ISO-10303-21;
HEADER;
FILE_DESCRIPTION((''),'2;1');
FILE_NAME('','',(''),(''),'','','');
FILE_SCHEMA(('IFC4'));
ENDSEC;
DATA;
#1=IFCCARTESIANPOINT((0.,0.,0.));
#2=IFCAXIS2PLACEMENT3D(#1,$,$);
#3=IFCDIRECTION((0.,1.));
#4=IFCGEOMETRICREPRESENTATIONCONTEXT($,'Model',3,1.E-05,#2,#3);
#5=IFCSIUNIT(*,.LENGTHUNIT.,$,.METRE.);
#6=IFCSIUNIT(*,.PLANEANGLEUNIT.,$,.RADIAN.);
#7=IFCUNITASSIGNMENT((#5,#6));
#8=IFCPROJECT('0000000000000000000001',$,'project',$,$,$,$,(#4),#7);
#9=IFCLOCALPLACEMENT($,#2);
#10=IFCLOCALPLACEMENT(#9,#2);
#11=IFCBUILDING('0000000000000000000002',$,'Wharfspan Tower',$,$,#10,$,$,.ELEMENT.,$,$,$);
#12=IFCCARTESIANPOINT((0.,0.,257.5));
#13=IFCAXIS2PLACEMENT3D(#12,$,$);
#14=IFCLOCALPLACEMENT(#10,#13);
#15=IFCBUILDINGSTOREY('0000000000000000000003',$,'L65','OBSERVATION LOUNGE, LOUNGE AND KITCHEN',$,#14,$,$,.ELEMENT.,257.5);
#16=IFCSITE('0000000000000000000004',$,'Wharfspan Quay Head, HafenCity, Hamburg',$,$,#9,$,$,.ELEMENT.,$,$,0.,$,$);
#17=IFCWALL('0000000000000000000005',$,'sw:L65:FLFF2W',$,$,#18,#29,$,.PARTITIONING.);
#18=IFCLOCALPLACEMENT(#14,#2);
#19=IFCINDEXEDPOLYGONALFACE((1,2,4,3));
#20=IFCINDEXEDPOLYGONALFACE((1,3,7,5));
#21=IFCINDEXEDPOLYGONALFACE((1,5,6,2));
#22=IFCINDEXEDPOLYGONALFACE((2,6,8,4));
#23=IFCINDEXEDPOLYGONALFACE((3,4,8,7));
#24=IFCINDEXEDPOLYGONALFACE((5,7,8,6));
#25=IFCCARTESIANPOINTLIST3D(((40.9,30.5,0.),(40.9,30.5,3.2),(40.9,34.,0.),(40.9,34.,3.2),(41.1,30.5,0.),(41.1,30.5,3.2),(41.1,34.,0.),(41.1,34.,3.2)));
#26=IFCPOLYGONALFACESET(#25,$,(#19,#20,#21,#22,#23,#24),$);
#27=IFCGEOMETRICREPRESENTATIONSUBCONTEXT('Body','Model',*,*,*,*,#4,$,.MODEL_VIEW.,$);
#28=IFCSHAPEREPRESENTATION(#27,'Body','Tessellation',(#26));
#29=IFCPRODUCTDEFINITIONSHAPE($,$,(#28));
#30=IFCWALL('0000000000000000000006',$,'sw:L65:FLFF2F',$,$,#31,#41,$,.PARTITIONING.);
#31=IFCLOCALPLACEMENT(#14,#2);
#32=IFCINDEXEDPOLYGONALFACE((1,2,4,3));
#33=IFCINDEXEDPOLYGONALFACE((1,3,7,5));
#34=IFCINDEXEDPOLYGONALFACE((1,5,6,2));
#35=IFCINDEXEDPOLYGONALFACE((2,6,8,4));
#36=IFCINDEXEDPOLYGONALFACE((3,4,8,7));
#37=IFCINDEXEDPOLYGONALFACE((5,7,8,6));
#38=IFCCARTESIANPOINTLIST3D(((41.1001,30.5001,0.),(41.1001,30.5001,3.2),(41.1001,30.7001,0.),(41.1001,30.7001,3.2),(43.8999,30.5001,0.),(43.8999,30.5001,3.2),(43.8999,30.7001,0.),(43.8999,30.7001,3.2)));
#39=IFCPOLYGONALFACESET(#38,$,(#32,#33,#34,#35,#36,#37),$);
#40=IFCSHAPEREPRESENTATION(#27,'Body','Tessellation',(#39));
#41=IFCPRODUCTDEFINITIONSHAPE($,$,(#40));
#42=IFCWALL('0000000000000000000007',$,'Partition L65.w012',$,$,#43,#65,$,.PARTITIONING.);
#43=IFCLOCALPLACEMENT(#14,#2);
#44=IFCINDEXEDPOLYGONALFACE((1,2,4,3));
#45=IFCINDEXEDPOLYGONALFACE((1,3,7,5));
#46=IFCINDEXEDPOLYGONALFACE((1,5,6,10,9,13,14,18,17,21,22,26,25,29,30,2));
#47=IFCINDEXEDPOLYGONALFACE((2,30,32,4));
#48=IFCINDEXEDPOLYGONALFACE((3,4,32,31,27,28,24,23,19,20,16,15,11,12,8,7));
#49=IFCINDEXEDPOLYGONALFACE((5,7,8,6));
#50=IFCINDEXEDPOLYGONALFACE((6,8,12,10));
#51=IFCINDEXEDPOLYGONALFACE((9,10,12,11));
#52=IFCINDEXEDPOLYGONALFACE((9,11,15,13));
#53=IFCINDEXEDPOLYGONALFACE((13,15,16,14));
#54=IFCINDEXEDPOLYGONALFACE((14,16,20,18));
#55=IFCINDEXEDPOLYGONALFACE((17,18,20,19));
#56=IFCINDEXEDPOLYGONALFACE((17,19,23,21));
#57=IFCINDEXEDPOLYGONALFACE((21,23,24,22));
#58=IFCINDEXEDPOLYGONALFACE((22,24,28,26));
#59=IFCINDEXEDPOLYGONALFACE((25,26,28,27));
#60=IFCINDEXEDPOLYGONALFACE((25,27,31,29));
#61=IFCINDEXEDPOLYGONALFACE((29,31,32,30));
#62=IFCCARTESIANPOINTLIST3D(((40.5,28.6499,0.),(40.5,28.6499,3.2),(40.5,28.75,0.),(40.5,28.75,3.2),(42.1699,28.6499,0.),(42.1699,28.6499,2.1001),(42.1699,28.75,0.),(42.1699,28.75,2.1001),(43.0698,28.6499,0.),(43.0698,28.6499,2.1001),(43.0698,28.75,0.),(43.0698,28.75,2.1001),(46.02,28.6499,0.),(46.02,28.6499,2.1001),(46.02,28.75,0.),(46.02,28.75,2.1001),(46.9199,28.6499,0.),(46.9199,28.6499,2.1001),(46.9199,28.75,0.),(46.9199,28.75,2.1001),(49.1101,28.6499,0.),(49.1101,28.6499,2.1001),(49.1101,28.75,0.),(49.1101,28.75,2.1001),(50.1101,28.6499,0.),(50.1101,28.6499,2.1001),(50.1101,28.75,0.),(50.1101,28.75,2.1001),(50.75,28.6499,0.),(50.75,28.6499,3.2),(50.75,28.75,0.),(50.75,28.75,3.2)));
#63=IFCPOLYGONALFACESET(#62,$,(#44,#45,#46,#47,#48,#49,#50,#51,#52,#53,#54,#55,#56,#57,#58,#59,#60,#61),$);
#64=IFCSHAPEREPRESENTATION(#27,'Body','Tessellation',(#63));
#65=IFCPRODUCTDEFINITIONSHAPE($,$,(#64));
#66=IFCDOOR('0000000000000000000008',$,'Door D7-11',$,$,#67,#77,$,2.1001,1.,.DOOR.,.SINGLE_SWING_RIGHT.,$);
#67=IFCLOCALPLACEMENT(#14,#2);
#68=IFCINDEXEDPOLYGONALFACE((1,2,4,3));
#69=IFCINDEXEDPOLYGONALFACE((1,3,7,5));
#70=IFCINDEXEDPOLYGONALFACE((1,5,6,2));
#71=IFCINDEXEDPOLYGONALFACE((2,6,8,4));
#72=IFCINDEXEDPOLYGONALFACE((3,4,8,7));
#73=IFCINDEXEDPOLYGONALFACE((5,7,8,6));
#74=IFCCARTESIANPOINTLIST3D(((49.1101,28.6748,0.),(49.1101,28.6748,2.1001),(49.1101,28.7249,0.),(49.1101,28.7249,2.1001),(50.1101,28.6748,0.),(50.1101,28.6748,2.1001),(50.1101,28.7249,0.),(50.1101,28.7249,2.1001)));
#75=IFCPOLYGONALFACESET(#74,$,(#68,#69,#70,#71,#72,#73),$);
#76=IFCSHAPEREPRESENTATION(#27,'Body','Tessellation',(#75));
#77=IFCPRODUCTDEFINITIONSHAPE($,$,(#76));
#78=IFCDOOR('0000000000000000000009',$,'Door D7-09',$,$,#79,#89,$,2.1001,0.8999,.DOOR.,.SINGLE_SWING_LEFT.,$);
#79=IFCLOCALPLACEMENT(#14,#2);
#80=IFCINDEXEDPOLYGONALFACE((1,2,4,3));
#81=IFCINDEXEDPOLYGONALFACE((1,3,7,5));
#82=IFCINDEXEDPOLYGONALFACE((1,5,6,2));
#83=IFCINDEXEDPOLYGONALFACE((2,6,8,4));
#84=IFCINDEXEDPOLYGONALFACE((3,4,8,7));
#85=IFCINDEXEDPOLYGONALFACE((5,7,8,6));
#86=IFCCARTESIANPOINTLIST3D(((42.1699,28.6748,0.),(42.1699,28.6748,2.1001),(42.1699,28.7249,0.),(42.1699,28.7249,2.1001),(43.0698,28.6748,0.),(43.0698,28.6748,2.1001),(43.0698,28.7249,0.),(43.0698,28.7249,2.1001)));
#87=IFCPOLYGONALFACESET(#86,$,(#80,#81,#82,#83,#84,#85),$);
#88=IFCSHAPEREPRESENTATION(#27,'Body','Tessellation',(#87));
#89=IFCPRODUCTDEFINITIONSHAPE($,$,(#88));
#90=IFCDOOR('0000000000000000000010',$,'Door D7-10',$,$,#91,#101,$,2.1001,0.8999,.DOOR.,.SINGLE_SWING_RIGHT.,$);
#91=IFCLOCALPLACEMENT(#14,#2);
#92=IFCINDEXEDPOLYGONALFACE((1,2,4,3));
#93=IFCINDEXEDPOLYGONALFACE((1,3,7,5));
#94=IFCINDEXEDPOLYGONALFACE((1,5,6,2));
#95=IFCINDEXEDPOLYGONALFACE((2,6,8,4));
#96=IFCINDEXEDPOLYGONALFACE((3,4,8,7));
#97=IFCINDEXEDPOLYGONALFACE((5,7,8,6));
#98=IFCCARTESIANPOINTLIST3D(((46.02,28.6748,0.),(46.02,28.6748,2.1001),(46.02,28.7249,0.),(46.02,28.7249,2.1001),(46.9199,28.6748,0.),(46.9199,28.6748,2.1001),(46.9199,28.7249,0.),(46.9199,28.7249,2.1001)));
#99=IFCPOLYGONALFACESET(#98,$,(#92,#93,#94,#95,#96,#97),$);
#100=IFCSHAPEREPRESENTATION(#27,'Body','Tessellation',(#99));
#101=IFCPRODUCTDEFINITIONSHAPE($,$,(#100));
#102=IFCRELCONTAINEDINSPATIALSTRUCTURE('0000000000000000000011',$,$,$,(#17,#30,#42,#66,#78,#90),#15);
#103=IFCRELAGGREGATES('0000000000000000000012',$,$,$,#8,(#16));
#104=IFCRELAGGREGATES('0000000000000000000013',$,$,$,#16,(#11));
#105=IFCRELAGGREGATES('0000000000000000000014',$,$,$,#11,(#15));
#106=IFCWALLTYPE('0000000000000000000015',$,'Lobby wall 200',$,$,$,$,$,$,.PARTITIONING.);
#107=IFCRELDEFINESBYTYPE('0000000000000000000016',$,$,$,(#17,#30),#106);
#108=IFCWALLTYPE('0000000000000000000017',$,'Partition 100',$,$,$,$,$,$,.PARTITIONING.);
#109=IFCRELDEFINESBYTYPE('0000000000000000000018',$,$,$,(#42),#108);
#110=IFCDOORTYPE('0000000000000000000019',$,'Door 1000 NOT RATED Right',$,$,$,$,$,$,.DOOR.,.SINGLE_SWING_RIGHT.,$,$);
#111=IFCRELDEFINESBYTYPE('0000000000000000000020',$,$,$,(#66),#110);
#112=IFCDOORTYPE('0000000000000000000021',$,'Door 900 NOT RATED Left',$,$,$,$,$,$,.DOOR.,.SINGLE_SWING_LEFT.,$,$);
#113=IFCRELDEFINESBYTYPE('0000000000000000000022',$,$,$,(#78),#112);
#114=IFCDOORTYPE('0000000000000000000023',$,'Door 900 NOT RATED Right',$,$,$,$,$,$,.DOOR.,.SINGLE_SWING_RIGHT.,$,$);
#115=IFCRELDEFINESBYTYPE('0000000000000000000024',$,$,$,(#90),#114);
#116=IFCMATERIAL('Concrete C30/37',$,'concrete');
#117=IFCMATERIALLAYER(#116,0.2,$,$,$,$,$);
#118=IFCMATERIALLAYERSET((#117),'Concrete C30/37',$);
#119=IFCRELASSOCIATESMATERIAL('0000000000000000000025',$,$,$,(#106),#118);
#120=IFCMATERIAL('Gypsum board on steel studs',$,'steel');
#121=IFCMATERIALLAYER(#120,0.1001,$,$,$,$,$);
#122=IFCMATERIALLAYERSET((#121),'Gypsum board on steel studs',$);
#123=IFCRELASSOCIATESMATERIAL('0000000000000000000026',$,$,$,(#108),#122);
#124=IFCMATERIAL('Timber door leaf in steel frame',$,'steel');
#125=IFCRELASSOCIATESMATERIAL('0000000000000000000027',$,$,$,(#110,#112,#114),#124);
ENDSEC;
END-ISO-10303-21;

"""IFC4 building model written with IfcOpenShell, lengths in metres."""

from ifc_helpers import new_model, si_unit, direction, frame, frame_2d, origin, place, context, subcontext, project, spatial, rectangle, extrude, material, layer, layer_set, type_object, element, fill, save


model = new_model("IFC4")

# Units and contexts
model_context = context("Model", 3, precision=1e-05, world=origin(), true_north=direction((0.0, 1.0)))
body_context = subcontext(model_context, "Body", "Model", "MODEL_VIEW")
ifc_project = project(units=[si_unit("LENGTHUNIT", "METRE"), si_unit("PLANEANGLEUNIT", "RADIAN")], contexts=[model_context])

# Site, building, storey
site_placement = place(None, origin())
site = spatial("IfcSite", under=ifc_project, at=site_placement, Name="Wharfspan Quay Head, HafenCity, Hamburg", CompositionType="ELEMENT", RefElevation=0.0)
building_placement = place(site_placement, origin())
building = spatial("IfcBuilding", under=site, at=building_placement, Name="Wharfspan Tower", CompositionType="ELEMENT")
storey_placement = place(building_placement, frame((0.0, 0.0, 257.5)))
storey = spatial("IfcBuildingStorey", under=building, at=storey_placement, Name="L65", Description="OBSERVATION LOUNGE, LOUNGE AND KITCHEN", CompositionType="ELEMENT", Elevation=257.5)

# Shared definitions
ifc_material_1 = material(Name="Gypsum board on steel studs", Category="steel")

# Shared definitions
ifc_material_2 = material(Name="Concrete C30/37", Category="concrete")
ifc_layer_1 = layer(ifc_material_2, 0.2)
ifc_layer_set_1 = layer_set([ifc_layer_1], Name="Concrete C30/37")
wall_type_1 = type_object("IfcWallType", Name="Lobby wall 200", PredefinedType="PARTITIONING", material=ifc_layer_set_1)

# Walls
wall_1_placement = place(storey_placement, frame((41.0, 30.5, 0.0), z_axis=(0.0, 0.0, 1.0), x_axis=(0.0, 1.0, 0.0)))
element("IfcWall", 1, at=wall_1_placement, inside=storey, type_object=wall_type_1, Name="sw:L65:FLFF2W", PredefinedType="PARTITIONING", context=body_context, shape_type="SweptSolid", body=[
    extrude(rectangle(XDim=3.5, YDim=0.2, at=frame_2d((1.75, 0.0))), origin(), (0.0, 0.0, 1.0), 3.2),
])
wall_2_placement = place(storey_placement, frame((41.1001, 30.6001, 0.0), z_axis=(0.0, 0.0, 1.0), x_axis=(1.0, 0.0, 0.0)))
element("IfcWall", 2, at=wall_2_placement, inside=storey, type_object=wall_type_1, Name="sw:L65:FLFF2F", PredefinedType="PARTITIONING", context=body_context, shape_type="SweptSolid", body=[
    extrude(rectangle(XDim=2.7998, YDim=0.2, at=frame_2d((1.3999, 0.0))), origin(), (0.0, 0.0, 1.0), 3.2),
])

# Wall, openings, doors
ifc_layer_2 = layer(ifc_material_1, 0.1001)
ifc_layer_set_2 = layer_set([ifc_layer_2], Name="Gypsum board on steel studs")
wall_type_2 = type_object("IfcWallType", Name="Partition 100", PredefinedType="PARTITIONING", material=ifc_layer_set_2)
wall_3_placement = place(storey_placement, frame((40.5, 28.7, 0.0), z_axis=(0.0, 0.0, 1.0), x_axis=(1.0, 0.0, 0.0)))
wall_3 = element("IfcWall", 3, at=wall_3_placement, inside=storey, type_object=wall_type_2, Name="Partition L65.w012", PredefinedType="PARTITIONING", context=body_context, shape_type="SweptSolid", body=[
    extrude(rectangle(XDim=10.25, YDim=0.1001, at=frame_2d((5.125, 0.0))), origin(), (0.0, 0.0, 1.0), 3.2),
])
opening_1_placement = place(wall_3_placement, frame((1.6699, 0.0, 0.0)))
opening_1 = element("IfcOpeningElement", 4, at=opening_1_placement, cuts=wall_3, PredefinedType="OPENING", context=body_context, shape_type="SweptSolid", body=[
    extrude(rectangle(XDim=0.8999, YDim=2.1001, at=frame_2d((0.45, 1.05))), frame((0.0, 0.0601, 0.0), z_axis=(0.0, -1.0, 0.0), x_axis=(1.0, 0.0, 0.0)), (0.0, 0.0, 1.0), 0.1201),
])
opening_2_placement = place(wall_3_placement, frame((5.52, 0.0, 0.0)))
opening_2 = element("IfcOpeningElement", 5, at=opening_2_placement, cuts=wall_3, PredefinedType="OPENING", context=body_context, shape_type="SweptSolid", body=[
    extrude(rectangle(XDim=0.8999, YDim=2.1001, at=frame_2d((0.45, 1.05))), frame((0.0, 0.0601, 0.0), z_axis=(0.0, -1.0, 0.0), x_axis=(1.0, 0.0, 0.0)), (0.0, 0.0, 1.0), 0.1201),
])
opening_3_placement = place(wall_3_placement, frame((8.6101, 0.0, 0.0)))
opening_3 = element("IfcOpeningElement", 6, at=opening_3_placement, cuts=wall_3, PredefinedType="OPENING", context=body_context, shape_type="SweptSolid", body=[
    extrude(rectangle(XDim=1.0, YDim=2.1001, at=frame_2d((0.5, 1.05))), frame((0.0, 0.0601, 0.0), z_axis=(0.0, -1.0, 0.0), x_axis=(1.0, 0.0, 0.0)), (0.0, 0.0, 1.0), 0.1201),
])
ifc_material_3 = material(Name="Timber door leaf in steel frame", Category="steel")
door_type_1 = type_object("IfcDoorType", Name="Door 1000 NOT RATED Right", OperationType="SINGLE_SWING_RIGHT", PredefinedType="DOOR", material=ifc_material_3)
door_1_placement = place(opening_3_placement, origin())
door_1 = element("IfcDoor", 7, at=door_1_placement, inside=storey, type_object=door_type_1, Name="Door D7-11", OperationType="SINGLE_SWING_RIGHT", OverallHeight=2.1001, OverallWidth=1.0, PredefinedType="DOOR", context=body_context, shape_type="SweptSolid", body=[
    extrude(rectangle(XDim=1.0, YDim=2.1001, at=frame_2d((0.5, 1.05))), frame((0.0, 0.0249, 0.0), z_axis=(0.0, -1.0, 0.0), x_axis=(1.0, 0.0, 0.0)), (0.0, 0.0, 1.0), 0.05),
])
fill(opening_3, door_1)
door_type_2 = type_object("IfcDoorType", Name="Door 900 NOT RATED Left", OperationType="SINGLE_SWING_LEFT", PredefinedType="DOOR", material=ifc_material_3)
door_2_placement = place(opening_1_placement, origin())
door_2 = element("IfcDoor", 8, at=door_2_placement, inside=storey, type_object=door_type_2, Name="Door D7-09", OperationType="SINGLE_SWING_LEFT", OverallHeight=2.1001, OverallWidth=0.8999, PredefinedType="DOOR", context=body_context, shape_type="SweptSolid", body=[
    extrude(rectangle(XDim=0.8999, YDim=2.1001, at=frame_2d((0.45, 1.05))), frame((0.0, 0.0249, 0.0), z_axis=(0.0, -1.0, 0.0), x_axis=(1.0, 0.0, 0.0)), (0.0, 0.0, 1.0), 0.05),
])
fill(opening_1, door_2)
door_type_3 = type_object("IfcDoorType", Name="Door 900 NOT RATED Right", OperationType="SINGLE_SWING_RIGHT", PredefinedType="DOOR", material=ifc_material_3)
door_3_placement = place(opening_2_placement, origin())
door_3 = element("IfcDoor", 9, at=door_3_placement, inside=storey, type_object=door_type_3, Name="Door D7-10", OperationType="SINGLE_SWING_RIGHT", OverallHeight=2.1001, OverallWidth=0.8999, PredefinedType="DOOR", context=body_context, shape_type="SweptSolid", body=[
    extrude(rectangle(XDim=0.8999, YDim=2.1001, at=frame_2d((0.45, 1.05))), frame((0.0, 0.0249, 0.0), z_axis=(0.0, -1.0, 0.0), x_axis=(1.0, 0.0, 0.0)), (0.0, 0.0, 1.0), 0.05),
])
fill(opening_2, door_3)

save(model, "model.ifc")
